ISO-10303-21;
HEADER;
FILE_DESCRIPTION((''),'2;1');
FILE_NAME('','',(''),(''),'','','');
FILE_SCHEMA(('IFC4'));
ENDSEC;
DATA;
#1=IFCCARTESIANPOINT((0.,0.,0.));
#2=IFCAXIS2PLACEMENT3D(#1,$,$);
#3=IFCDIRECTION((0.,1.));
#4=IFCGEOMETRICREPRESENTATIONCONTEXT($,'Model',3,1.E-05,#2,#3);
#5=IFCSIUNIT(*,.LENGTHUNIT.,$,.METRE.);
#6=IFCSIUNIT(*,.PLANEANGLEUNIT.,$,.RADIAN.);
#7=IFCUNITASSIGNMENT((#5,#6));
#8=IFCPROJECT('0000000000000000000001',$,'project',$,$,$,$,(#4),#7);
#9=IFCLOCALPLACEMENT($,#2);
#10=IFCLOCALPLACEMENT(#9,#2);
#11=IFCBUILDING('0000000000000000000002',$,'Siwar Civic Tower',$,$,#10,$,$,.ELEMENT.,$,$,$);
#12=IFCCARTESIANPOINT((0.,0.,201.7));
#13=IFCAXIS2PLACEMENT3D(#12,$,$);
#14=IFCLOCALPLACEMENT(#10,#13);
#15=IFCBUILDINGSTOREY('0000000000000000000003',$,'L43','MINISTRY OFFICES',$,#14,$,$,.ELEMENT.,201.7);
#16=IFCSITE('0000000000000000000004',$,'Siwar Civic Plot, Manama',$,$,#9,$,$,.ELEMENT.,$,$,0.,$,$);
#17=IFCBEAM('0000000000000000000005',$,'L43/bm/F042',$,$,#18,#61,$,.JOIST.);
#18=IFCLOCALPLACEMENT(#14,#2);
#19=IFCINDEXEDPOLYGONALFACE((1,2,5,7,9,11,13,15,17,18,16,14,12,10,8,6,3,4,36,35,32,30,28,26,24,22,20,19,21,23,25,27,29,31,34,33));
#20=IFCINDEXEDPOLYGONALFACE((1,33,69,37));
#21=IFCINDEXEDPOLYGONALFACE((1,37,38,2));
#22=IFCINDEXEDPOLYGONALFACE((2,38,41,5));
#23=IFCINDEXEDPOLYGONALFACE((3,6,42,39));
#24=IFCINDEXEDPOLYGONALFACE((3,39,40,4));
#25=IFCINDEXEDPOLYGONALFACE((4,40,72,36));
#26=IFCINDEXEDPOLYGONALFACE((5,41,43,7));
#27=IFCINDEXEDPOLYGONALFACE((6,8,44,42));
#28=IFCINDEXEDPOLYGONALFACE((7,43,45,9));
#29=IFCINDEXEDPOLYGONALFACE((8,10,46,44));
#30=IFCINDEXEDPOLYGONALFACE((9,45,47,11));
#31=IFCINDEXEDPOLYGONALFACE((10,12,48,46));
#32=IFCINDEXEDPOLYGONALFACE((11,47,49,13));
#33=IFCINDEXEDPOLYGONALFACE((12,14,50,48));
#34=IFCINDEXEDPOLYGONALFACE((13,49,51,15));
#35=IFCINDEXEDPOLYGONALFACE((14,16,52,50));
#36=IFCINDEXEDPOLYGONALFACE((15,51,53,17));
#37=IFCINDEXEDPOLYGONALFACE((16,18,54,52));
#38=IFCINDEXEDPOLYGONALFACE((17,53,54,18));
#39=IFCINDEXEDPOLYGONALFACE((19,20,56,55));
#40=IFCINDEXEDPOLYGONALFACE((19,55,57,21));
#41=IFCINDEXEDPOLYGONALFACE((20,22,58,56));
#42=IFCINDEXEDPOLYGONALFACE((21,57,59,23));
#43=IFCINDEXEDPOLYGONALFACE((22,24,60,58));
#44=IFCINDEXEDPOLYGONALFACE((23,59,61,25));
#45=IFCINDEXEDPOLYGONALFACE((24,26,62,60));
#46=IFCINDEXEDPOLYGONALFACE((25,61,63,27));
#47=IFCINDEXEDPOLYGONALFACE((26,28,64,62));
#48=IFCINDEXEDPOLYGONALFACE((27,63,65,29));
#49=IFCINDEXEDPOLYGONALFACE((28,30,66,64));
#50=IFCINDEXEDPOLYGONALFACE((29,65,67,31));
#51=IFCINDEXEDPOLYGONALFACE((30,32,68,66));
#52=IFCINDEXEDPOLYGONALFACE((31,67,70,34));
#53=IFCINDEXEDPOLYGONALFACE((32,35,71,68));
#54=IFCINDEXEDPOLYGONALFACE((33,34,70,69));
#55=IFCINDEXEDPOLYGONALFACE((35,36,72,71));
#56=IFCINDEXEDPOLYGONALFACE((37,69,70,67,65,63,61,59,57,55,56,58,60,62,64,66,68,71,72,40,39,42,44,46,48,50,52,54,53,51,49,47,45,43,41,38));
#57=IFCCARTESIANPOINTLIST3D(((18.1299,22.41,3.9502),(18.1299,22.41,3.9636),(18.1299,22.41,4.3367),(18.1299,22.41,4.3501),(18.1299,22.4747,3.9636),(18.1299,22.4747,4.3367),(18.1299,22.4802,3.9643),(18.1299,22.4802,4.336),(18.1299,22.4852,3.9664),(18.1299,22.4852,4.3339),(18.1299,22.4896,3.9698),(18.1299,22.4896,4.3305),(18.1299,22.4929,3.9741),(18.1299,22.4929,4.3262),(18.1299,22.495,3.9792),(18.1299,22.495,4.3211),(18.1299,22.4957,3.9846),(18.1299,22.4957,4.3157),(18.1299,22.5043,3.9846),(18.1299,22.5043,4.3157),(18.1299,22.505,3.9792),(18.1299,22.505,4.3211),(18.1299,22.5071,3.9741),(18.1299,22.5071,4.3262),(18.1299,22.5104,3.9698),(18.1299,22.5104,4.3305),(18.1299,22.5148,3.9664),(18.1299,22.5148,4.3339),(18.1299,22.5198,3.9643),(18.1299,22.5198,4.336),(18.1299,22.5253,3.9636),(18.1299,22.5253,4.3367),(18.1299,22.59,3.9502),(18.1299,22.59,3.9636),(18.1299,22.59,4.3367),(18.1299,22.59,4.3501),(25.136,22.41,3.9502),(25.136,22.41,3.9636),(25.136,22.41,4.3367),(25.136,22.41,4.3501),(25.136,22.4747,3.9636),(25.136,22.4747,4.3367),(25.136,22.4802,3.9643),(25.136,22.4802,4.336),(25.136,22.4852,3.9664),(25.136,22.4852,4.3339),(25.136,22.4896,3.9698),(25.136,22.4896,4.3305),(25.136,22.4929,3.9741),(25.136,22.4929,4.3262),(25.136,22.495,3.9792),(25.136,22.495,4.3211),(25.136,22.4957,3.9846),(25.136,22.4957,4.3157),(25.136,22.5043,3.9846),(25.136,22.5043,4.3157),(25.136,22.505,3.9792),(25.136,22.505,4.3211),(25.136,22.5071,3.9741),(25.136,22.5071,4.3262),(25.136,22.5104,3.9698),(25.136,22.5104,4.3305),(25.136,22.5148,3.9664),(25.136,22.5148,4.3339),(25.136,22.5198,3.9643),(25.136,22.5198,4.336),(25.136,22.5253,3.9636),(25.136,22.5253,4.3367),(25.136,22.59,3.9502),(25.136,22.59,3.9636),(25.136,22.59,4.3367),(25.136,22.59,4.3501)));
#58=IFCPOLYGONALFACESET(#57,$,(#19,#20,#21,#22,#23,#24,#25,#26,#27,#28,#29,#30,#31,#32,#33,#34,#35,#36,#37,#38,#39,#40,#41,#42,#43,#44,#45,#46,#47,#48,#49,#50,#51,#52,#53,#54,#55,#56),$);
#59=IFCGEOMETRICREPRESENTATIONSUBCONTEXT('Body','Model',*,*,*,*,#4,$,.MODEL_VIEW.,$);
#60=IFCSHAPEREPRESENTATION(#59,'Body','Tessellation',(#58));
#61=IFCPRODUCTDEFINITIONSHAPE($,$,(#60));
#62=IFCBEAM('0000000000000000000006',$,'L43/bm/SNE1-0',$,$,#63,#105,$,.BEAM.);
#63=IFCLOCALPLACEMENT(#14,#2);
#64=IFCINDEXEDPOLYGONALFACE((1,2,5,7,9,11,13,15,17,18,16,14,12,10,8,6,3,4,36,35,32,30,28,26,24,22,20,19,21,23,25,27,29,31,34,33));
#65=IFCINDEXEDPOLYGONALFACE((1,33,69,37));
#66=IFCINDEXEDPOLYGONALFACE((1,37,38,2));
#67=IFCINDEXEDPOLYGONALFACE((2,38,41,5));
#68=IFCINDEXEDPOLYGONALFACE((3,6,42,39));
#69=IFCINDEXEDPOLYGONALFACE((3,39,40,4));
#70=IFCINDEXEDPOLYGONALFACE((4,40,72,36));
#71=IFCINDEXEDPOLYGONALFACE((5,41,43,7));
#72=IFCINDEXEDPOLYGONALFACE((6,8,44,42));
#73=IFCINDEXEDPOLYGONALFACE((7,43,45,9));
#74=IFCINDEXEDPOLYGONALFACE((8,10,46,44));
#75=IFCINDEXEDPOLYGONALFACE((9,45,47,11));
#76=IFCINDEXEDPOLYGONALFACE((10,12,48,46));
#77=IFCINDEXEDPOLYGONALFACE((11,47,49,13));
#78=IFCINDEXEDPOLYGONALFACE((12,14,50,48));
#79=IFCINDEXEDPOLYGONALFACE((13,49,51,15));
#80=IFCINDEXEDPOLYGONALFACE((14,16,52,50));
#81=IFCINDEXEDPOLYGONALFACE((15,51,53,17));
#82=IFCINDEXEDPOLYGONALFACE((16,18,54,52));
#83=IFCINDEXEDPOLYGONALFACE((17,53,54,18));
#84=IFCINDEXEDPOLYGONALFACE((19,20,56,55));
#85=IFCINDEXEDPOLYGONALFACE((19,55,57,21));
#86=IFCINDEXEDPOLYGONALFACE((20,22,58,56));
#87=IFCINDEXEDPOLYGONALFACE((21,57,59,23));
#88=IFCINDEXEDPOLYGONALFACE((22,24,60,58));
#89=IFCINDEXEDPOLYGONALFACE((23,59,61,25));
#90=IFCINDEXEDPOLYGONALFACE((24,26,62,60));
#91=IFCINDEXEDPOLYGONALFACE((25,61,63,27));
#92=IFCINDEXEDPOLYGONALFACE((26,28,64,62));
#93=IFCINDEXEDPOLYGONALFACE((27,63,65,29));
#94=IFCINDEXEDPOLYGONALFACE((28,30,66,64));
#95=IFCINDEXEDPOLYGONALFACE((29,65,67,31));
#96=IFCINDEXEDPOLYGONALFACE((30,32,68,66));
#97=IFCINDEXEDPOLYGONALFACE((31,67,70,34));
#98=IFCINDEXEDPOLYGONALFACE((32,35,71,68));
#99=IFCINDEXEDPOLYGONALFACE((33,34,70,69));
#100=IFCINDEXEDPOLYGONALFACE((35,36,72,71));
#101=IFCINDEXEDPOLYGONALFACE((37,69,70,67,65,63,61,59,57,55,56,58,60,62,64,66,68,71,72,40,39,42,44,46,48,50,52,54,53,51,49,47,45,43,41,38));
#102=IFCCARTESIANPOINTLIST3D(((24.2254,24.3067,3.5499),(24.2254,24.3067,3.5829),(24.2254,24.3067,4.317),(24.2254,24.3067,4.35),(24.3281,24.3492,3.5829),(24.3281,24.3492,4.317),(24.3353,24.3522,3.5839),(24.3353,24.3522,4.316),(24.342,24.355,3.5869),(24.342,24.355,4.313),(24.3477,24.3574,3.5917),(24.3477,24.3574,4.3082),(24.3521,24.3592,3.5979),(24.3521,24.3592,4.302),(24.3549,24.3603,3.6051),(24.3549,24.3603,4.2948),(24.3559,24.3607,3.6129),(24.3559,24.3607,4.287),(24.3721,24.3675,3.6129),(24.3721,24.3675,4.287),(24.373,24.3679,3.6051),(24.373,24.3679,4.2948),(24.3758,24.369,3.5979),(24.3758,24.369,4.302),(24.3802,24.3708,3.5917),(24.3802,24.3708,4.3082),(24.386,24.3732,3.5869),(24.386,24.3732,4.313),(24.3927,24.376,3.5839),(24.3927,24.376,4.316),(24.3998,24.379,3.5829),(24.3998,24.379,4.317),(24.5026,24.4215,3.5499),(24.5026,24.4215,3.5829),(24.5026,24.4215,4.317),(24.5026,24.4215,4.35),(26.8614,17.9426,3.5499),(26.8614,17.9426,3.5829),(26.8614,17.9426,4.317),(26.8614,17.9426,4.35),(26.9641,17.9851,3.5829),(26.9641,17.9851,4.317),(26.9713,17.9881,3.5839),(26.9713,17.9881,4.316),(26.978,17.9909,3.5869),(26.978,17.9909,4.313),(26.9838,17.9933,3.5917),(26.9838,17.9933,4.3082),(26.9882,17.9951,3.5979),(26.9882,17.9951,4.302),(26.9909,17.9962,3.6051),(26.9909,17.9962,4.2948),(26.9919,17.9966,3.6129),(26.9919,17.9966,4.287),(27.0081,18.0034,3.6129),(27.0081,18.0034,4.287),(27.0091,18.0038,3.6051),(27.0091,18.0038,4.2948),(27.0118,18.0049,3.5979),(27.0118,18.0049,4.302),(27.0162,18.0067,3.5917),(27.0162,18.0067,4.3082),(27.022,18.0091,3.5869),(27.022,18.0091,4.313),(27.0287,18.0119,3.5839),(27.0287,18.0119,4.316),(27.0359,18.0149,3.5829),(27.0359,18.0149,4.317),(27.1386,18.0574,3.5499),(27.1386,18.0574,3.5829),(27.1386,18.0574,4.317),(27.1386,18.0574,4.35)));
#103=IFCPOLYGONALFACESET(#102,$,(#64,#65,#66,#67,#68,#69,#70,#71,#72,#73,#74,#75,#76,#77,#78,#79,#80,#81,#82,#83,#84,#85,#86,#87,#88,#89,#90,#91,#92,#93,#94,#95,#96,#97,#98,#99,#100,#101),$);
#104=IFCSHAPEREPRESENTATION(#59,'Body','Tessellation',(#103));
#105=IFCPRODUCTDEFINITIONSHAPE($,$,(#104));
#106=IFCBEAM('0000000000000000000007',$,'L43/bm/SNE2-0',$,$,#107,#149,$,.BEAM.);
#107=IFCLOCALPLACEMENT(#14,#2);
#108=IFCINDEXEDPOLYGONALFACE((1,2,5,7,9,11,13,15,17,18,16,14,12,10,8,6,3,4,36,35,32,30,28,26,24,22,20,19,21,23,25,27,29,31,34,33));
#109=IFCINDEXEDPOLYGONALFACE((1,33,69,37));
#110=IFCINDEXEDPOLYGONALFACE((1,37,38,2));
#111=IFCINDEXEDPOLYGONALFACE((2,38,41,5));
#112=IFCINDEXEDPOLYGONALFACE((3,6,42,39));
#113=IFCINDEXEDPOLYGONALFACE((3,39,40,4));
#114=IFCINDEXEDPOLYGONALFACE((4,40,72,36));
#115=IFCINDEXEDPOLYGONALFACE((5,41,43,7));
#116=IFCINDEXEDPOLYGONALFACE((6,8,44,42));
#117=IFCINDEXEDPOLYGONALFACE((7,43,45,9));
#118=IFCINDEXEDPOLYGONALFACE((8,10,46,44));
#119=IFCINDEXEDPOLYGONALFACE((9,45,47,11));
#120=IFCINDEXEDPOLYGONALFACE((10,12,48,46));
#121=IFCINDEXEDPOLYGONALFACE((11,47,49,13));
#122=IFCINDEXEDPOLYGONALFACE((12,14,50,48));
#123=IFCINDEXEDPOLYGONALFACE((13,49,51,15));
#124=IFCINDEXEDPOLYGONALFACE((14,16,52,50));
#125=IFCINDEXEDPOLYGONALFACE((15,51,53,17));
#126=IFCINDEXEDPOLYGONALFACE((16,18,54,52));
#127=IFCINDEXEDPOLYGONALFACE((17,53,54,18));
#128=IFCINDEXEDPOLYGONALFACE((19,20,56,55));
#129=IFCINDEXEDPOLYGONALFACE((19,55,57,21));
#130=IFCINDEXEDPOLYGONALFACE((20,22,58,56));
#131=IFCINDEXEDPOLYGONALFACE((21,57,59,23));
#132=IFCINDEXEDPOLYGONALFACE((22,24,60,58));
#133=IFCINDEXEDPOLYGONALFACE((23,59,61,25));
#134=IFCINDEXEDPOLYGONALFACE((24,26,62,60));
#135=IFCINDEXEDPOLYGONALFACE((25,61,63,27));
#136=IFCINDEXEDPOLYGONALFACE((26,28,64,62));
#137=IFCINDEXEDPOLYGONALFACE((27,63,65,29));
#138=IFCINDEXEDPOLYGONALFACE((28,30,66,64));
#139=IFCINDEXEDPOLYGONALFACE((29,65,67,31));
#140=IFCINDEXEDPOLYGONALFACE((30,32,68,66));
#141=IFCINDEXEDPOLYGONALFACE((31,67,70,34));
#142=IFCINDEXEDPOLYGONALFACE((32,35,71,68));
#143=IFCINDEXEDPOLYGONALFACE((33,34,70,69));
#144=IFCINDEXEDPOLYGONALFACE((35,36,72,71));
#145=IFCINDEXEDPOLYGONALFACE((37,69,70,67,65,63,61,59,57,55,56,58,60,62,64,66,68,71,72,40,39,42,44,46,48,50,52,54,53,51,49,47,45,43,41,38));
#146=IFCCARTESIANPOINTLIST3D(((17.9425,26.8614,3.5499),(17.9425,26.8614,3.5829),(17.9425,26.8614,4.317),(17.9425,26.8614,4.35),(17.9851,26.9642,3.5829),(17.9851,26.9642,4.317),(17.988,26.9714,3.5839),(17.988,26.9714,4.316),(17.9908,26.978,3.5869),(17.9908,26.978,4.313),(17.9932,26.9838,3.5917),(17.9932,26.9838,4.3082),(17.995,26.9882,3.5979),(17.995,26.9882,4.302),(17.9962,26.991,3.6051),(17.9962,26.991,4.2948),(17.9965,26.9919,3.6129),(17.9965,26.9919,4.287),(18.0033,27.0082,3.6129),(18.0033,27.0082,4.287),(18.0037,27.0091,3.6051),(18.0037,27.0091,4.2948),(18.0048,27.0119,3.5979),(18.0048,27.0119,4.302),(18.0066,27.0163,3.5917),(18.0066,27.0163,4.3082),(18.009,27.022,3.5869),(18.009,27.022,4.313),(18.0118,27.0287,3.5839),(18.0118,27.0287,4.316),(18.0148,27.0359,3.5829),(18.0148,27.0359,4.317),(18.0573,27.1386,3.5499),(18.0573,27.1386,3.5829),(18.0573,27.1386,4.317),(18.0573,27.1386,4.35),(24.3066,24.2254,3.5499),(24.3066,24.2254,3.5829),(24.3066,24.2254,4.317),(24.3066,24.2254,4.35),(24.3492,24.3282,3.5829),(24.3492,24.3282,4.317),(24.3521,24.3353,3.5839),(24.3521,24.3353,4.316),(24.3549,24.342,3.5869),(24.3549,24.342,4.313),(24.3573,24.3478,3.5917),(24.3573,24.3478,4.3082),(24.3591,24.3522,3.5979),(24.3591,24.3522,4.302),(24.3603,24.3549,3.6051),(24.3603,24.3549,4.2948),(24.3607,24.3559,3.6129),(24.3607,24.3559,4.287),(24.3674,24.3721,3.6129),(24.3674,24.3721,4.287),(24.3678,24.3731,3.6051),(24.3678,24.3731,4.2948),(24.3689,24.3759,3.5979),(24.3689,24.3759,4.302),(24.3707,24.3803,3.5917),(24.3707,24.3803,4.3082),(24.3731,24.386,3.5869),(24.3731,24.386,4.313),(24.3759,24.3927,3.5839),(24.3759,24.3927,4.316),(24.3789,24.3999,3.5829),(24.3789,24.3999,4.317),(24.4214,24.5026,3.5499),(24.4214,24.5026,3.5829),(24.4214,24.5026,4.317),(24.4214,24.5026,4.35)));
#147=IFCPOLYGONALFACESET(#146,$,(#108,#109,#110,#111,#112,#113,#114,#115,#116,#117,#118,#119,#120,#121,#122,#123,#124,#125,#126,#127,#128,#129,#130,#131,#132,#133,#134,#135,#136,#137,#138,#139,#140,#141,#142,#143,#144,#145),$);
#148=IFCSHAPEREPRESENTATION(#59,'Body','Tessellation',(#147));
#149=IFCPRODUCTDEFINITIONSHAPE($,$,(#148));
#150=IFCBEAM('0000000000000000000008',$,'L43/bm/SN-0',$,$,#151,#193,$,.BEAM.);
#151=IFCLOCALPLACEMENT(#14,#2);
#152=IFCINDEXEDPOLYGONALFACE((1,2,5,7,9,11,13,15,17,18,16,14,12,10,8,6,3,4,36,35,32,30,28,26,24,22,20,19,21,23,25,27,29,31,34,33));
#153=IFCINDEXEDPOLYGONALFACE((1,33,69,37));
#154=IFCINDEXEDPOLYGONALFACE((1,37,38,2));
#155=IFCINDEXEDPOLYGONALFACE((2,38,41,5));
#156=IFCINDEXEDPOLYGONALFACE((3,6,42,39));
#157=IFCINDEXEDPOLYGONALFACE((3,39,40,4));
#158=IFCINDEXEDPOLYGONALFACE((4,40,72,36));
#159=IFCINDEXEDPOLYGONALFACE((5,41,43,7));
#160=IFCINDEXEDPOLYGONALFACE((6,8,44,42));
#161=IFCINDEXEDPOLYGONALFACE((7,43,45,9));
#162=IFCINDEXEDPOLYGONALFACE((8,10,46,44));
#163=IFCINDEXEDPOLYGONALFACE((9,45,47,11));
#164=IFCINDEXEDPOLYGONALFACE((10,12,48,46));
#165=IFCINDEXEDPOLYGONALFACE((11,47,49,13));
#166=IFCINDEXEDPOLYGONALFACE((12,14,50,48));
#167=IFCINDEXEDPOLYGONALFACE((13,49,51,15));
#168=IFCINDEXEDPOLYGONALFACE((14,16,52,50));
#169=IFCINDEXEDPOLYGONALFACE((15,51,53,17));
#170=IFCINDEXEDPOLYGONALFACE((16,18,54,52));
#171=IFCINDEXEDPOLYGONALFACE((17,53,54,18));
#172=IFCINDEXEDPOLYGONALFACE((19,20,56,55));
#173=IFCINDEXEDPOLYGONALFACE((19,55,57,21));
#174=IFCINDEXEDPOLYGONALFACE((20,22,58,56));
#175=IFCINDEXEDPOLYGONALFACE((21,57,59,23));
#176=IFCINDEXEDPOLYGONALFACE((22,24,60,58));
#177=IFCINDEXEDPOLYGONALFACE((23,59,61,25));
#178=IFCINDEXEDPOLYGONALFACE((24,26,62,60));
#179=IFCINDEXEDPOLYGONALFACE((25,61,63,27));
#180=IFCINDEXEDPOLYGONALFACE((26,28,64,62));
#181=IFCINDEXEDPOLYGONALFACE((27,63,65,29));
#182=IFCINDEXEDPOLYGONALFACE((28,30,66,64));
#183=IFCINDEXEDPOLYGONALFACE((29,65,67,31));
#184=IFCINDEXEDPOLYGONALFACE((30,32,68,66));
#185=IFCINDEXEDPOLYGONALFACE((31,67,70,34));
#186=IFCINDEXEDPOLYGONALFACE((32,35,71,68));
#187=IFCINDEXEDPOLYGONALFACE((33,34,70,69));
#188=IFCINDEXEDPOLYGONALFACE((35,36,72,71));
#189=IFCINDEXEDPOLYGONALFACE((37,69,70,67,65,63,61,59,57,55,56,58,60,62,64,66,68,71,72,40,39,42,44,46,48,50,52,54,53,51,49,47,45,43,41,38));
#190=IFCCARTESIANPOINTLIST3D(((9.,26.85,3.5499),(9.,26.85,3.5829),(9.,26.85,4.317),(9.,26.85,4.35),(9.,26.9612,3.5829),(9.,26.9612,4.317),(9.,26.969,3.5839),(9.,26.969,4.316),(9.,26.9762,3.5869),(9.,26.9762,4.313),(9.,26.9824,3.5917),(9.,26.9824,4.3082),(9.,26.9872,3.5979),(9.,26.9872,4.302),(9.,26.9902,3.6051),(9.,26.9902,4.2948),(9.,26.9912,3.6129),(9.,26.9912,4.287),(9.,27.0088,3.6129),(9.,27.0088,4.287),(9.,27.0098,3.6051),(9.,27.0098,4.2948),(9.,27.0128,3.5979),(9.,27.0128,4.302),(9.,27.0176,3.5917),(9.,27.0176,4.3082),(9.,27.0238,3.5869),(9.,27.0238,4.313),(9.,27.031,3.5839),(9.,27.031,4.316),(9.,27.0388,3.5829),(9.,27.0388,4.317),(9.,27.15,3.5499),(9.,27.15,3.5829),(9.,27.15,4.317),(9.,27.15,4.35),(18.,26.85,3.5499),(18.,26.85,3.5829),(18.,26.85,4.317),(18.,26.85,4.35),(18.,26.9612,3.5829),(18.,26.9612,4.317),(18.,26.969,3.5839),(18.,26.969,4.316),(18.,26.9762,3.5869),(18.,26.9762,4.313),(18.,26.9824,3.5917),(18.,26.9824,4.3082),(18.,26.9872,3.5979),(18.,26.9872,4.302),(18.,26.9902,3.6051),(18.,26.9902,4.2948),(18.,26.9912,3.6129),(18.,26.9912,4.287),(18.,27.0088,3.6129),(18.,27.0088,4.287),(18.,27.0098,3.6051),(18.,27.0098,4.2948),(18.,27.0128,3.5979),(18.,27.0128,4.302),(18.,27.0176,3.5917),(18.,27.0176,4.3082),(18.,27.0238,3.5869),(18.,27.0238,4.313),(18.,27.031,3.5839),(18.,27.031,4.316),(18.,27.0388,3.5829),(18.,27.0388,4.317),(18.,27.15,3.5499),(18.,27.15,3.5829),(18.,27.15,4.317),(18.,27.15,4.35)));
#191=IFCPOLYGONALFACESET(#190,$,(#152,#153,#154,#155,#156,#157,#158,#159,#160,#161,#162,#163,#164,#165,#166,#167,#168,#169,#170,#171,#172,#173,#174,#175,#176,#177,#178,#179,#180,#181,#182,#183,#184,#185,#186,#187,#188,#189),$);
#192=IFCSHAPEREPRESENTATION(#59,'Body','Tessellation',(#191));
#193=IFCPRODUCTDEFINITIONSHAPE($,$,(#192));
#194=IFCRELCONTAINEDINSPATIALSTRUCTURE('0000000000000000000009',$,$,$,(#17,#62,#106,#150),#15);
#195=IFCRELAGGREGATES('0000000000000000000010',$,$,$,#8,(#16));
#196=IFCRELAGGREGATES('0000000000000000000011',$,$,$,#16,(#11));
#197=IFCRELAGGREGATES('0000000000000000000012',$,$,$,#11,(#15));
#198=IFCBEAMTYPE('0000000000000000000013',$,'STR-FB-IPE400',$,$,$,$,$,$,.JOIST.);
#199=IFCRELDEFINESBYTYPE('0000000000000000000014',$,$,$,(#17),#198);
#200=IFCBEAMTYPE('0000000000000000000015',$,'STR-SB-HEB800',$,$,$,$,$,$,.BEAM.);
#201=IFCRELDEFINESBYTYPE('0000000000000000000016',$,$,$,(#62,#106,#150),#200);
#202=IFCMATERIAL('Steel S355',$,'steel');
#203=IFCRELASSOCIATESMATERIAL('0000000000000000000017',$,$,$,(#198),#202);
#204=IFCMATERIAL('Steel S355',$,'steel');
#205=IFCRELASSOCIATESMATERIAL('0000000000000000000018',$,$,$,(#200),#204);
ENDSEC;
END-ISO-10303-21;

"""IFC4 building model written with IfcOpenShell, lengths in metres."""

from ifc_helpers import new_model, si_unit, direction, frame, origin, origin_2d, place, context, subcontext, project, spatial, i_section, extrude, material, material_profile, profile_set, type_object, element, save


model = new_model("IFC4")

# Units and contexts
model_context = context("Model", 3, precision=1e-05, world=origin(), true_north=direction((0.0, 1.0)))
body_context = subcontext(model_context, "Body", "Model", "MODEL_VIEW")
ifc_project = project(units=[si_unit("LENGTHUNIT", "METRE"), si_unit("PLANEANGLEUNIT", "RADIAN")], contexts=[model_context])

# Site, building, storey
site_placement = place(None, origin())
site = spatial("IfcSite", under=ifc_project, at=site_placement, Name="Siwar Civic Plot, Manama", CompositionType="ELEMENT", RefElevation=0.0)
building_placement = place(site_placement, origin())
building = spatial("IfcBuilding", under=site, at=building_placement, Name="Siwar Civic Tower", CompositionType="ELEMENT")
storey_placement = place(building_placement, frame((0.0, 0.0, 201.7)))
storey = spatial("IfcBuildingStorey", under=building, at=storey_placement, Name="L43", Description="MINISTRY OFFICES", CompositionType="ELEMENT", Elevation=201.7)

# Beams
ifc_material_1 = material(Name="Steel S355", Category="steel")
ifc_material_profile_1 = material_profile(ifc_material_1, i_section(OverallWidth=0.1799, OverallDepth=0.3999, WebThickness=0.0085, FlangeThickness=0.0134, FilletRadius=0.021, at=origin_2d()), Name="IPE400")
ifc_profile_set_1 = profile_set([ifc_material_profile_1], Name="Steel S355")
beam_type_1 = type_object("IfcBeamType", Name="STR-FB-IPE400", PredefinedType="JOIST", material=ifc_profile_set_1)
beam_1_placement = place(storey_placement, frame((18.1299, 22.5, 4.1501), z_axis=(1.0, 0.0, 0.0), x_axis=(0.0, 1.0, 0.0)))
element("IfcBeam", 1, at=beam_1_placement, inside=storey, type_object=beam_type_1, Name="L43/bm/F042", PredefinedType="JOIST", context=body_context, shape_type="SweptSolid", body=[
    extrude(i_section(OverallWidth=0.1799, OverallDepth=0.3999, WebThickness=0.0085, FlangeThickness=0.0134, FilletRadius=0.021, at=origin_2d()), origin(), (0.0, 0.0, 1.0), 7.0061),
])
ifc_material_2 = material(Name="Steel S355", Category="steel")
ifc_material_profile_2 = material_profile(ifc_material_2, i_section(OverallWidth=0.3, OverallDepth=0.8, WebThickness=0.0176, FlangeThickness=0.033, FilletRadius=0.03, at=origin_2d()), Name="HEB800")
ifc_profile_set_2 = profile_set([ifc_material_profile_2], Name="Steel S355")
beam_type_2 = type_object("IfcBeamType", Name="STR-SB-HEB800", PredefinedType="BEAM", material=ifc_profile_set_2)
for number, where, z_axis, x_axis, name in (
    (2, (27.0, 18.0, 3.95), (-0.382674, 0.923883, 0.0), (-0.923883, -0.382674, 0.0), "L43/bm/SNE1-0"),
    (3, (24.364, 24.364, 3.95), (-0.923883, 0.382674, 0.0), (-0.382674, -0.923883, 0.0), "L43/bm/SNE2-0"),
):
    element("IfcBeam", number, at=place(storey_placement, frame(where, z_axis=z_axis, x_axis=x_axis)), inside=storey, type_object=beam_type_2, Name=name, PredefinedType="BEAM", context=body_context, shape_type="SweptSolid", body=[
        extrude(i_section(OverallWidth=0.3, OverallDepth=0.8, WebThickness=0.0176, FlangeThickness=0.033, FilletRadius=0.03, at=origin_2d()), origin(), (0.0, 0.0, 1.0), 6.8884),
    ])
beam_2_placement = place(storey_placement, frame((18.0, 27.0, 3.95), z_axis=(-1.0, 0.0, 0.0), x_axis=(0.0, -1.0, 0.0)))
element("IfcBeam", 4, at=beam_2_placement, inside=storey, type_object=beam_type_2, Name="L43/bm/SN-0", PredefinedType="BEAM", context=body_context, shape_type="SweptSolid", body=[
    extrude(i_section(OverallWidth=0.3, OverallDepth=0.8, WebThickness=0.0176, FlangeThickness=0.033, FilletRadius=0.03, at=origin_2d()), origin(), (0.0, 0.0, 1.0), 9.0),
])

save(model, "model.ifc")
